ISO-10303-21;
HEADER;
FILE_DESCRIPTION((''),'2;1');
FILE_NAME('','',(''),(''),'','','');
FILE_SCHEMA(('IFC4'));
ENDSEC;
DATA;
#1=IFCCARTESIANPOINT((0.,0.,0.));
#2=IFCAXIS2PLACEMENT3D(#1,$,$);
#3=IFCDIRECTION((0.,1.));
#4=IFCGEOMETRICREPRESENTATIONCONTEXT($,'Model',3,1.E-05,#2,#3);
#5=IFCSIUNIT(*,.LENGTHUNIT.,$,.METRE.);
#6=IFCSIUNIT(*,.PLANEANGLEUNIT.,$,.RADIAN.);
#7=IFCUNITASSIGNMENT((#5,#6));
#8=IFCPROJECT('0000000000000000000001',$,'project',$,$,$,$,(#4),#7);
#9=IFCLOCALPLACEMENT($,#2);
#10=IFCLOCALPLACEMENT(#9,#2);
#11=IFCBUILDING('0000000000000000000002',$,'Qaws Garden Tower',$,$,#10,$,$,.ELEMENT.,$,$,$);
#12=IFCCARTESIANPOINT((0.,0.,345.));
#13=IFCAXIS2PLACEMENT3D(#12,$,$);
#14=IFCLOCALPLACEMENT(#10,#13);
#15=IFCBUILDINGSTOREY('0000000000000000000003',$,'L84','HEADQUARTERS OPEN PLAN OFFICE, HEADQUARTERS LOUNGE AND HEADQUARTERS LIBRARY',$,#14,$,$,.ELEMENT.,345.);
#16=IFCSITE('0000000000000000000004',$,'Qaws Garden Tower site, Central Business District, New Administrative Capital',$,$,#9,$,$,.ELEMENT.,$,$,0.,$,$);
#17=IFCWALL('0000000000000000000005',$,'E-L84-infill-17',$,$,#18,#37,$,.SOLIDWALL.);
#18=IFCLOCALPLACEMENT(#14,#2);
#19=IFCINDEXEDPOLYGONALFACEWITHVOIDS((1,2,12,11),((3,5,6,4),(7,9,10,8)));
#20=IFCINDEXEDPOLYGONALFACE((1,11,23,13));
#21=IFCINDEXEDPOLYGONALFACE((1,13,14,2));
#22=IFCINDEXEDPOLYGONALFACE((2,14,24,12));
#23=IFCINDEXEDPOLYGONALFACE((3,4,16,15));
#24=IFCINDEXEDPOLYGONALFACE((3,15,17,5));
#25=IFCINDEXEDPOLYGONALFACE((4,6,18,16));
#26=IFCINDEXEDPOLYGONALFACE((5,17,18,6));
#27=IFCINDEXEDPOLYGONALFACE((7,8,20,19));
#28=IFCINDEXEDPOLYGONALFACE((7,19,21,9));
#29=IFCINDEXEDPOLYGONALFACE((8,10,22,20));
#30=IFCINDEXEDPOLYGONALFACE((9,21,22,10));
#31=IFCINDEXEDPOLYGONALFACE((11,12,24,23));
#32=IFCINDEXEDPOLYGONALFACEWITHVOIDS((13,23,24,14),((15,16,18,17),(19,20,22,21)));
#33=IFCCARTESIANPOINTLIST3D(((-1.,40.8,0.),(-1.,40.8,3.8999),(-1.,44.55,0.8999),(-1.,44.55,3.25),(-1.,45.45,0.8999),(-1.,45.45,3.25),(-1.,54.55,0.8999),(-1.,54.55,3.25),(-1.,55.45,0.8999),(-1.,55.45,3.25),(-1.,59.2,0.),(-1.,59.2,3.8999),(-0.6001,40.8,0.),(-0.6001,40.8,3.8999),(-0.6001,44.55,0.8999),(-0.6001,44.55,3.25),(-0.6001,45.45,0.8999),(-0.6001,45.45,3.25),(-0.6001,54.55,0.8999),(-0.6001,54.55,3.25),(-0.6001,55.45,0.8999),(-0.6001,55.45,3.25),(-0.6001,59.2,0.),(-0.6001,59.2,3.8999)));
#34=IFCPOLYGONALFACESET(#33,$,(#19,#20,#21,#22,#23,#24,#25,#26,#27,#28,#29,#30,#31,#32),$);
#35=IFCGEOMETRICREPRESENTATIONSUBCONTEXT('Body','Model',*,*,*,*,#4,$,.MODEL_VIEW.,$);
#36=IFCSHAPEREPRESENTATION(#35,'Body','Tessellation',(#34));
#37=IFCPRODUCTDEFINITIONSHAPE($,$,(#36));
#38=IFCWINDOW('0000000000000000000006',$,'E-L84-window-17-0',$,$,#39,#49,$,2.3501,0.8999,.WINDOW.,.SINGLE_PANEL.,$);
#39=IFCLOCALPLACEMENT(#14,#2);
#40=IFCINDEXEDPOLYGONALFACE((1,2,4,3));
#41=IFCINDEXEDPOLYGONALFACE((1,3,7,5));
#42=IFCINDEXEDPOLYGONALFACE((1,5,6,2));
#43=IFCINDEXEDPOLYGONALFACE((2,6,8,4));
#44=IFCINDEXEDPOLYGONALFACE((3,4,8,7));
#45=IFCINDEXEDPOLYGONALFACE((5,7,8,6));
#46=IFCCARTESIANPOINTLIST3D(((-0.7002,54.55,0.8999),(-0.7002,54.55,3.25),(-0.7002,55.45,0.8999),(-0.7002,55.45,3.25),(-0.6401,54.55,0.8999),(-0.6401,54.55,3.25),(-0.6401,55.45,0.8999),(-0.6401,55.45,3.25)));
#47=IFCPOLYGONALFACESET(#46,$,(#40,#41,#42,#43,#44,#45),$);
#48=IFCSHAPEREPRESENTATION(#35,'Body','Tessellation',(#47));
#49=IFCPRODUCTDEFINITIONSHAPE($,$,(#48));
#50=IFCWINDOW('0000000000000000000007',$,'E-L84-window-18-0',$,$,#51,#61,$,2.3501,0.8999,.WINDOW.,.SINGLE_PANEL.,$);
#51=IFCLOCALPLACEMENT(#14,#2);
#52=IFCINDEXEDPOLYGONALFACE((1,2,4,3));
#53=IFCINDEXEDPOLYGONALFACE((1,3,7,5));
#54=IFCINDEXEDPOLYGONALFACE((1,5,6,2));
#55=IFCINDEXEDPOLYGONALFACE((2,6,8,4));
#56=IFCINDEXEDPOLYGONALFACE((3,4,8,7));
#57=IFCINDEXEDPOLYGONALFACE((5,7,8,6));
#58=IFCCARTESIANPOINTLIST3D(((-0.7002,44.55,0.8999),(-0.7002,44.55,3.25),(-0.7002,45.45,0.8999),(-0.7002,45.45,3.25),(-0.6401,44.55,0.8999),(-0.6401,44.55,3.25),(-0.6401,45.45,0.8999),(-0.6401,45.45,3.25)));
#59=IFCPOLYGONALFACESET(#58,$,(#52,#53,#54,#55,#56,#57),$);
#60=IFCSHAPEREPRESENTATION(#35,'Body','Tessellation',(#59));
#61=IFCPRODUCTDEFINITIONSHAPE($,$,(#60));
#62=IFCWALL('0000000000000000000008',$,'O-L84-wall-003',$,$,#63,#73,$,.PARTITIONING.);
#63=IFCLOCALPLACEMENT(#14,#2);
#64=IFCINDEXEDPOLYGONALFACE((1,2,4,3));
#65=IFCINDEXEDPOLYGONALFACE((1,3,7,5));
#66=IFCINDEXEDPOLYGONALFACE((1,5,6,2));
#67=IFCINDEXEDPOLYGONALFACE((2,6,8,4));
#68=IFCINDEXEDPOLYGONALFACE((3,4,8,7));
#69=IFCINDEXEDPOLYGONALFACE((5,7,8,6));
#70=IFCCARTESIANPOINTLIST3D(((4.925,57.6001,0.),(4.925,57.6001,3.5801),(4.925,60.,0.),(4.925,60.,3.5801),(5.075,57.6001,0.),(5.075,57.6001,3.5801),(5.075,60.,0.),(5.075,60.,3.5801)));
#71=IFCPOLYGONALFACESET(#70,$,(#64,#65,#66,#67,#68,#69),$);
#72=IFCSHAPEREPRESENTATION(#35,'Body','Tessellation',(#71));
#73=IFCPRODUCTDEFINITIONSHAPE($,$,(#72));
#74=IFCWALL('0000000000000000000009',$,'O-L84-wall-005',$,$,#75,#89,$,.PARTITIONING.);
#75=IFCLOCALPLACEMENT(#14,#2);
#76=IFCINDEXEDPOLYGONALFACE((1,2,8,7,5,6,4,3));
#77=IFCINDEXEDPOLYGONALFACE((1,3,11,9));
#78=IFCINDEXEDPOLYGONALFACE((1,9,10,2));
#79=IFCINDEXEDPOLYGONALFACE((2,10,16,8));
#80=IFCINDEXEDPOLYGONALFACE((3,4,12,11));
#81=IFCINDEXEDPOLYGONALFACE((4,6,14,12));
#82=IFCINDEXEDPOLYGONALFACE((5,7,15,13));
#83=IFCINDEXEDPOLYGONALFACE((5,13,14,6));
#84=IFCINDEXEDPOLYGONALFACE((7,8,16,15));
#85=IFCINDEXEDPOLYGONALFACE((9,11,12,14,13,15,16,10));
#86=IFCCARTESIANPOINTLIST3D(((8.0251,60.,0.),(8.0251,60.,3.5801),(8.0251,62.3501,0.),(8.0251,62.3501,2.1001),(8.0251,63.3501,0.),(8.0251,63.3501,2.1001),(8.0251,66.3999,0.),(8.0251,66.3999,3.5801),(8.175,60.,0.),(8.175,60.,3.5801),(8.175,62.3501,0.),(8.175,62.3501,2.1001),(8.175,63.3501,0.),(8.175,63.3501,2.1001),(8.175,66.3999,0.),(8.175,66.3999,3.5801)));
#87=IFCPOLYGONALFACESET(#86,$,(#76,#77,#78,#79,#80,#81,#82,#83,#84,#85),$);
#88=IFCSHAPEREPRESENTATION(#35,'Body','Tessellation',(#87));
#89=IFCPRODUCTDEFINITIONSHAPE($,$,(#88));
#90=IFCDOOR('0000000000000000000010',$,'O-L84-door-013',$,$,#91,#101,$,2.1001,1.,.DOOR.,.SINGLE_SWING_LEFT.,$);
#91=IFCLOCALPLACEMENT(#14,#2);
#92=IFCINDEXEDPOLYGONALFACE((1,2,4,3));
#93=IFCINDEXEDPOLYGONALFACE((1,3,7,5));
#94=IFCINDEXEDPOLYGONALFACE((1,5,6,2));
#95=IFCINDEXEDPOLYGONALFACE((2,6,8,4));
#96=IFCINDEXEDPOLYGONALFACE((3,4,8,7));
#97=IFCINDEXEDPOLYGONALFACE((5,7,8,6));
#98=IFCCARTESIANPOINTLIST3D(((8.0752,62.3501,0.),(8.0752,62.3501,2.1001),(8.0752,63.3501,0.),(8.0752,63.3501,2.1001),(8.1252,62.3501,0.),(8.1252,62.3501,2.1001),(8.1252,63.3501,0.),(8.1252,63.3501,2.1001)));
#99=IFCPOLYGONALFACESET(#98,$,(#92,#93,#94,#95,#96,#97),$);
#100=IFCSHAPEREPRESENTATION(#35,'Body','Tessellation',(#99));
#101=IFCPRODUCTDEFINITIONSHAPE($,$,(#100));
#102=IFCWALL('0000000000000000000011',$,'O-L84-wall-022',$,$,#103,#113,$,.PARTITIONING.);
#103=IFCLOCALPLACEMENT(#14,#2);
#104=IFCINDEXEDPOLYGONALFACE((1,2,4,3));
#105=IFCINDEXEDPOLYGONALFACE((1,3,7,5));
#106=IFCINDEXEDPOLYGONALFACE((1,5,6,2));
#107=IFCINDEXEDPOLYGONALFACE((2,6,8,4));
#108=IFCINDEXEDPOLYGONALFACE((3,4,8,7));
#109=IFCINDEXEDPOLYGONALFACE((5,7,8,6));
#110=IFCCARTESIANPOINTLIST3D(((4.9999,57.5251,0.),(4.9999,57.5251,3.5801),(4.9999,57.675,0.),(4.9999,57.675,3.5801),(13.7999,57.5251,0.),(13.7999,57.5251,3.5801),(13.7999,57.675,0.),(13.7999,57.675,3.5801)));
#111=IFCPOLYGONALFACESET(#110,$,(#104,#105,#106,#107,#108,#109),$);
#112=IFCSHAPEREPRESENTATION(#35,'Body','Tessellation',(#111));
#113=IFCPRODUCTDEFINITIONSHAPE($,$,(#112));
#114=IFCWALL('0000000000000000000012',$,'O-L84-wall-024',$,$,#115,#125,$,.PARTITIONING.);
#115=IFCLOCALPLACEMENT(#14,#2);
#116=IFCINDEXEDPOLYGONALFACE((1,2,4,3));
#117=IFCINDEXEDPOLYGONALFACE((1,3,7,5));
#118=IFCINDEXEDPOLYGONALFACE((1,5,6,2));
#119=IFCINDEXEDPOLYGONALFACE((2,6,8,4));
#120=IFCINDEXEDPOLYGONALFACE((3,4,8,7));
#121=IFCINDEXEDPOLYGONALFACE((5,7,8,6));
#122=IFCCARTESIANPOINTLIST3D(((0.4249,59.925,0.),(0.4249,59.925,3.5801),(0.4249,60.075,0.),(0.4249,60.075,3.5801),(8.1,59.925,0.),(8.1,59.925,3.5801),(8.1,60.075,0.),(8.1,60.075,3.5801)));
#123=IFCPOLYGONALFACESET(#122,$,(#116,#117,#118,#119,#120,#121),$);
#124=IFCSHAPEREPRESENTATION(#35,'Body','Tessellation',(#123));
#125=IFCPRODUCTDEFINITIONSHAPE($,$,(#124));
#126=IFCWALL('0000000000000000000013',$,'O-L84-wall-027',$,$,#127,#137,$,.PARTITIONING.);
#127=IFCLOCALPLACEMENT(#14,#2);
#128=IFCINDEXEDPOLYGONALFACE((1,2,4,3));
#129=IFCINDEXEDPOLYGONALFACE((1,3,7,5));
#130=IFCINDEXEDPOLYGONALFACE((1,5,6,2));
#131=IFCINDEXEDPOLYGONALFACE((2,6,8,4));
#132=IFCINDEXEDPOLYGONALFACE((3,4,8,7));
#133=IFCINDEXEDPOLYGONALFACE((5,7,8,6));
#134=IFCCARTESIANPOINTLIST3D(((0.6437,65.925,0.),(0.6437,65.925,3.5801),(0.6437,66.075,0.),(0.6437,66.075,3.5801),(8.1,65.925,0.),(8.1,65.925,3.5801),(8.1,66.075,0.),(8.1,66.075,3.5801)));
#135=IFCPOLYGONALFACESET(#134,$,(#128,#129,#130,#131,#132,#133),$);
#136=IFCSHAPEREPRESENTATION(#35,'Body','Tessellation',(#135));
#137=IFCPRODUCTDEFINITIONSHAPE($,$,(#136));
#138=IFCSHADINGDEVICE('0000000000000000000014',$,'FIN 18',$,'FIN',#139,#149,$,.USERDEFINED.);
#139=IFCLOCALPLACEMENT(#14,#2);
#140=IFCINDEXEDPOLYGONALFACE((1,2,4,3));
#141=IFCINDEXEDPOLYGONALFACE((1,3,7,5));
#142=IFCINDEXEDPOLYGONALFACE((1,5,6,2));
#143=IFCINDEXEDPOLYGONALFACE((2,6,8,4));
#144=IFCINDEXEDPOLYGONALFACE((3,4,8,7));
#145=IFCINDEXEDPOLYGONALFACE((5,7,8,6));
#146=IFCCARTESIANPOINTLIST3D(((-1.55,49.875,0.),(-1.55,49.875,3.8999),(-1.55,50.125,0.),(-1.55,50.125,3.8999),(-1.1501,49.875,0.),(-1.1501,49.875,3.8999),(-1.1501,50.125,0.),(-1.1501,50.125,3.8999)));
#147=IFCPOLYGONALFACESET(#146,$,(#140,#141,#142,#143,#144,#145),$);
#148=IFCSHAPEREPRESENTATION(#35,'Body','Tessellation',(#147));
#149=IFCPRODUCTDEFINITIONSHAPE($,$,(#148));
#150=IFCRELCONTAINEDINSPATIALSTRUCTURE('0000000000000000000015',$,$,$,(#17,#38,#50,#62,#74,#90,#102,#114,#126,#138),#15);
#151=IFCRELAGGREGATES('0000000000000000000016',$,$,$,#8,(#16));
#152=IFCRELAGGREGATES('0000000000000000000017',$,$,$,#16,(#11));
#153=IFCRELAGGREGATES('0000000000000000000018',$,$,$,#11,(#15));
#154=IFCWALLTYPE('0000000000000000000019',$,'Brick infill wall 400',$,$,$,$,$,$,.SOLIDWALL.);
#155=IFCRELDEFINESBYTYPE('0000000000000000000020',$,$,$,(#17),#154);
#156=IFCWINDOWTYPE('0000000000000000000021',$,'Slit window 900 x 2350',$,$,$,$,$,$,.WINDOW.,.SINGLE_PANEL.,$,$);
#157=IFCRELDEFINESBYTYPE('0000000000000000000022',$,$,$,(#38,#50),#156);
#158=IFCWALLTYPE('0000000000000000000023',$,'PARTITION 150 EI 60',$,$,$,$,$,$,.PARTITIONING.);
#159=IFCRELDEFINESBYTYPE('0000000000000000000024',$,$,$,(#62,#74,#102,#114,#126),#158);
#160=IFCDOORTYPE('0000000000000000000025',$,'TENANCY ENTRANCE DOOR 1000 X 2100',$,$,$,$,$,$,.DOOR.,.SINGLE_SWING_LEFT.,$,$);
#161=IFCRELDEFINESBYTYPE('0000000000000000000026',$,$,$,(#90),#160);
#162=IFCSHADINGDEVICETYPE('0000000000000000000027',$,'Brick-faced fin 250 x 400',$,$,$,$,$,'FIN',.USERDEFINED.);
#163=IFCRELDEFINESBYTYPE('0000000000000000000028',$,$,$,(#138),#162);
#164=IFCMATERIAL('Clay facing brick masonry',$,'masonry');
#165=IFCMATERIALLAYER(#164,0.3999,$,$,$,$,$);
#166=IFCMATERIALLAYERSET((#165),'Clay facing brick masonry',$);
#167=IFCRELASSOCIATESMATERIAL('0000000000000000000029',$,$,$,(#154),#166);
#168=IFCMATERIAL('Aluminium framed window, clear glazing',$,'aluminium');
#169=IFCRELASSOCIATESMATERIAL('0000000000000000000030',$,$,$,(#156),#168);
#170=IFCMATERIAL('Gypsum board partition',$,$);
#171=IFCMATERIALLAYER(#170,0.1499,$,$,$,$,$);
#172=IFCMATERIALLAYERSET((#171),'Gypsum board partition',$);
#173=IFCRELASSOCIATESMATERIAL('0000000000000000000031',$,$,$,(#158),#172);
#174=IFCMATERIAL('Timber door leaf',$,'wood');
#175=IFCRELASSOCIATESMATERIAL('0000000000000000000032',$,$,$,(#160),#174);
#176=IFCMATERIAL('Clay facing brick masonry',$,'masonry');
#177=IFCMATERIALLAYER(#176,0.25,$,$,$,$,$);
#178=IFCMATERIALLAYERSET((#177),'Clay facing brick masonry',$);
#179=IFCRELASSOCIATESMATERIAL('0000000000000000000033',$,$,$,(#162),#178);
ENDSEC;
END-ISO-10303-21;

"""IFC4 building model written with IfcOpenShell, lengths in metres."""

from ifc_helpers import new_model, si_unit, direction, frame, frame_2d, origin, origin_2d, place, context, subcontext, project, spatial, rectangle, extrude, material, layer, layer_set, type_object, element, fill, save


model = new_model("IFC4")

# Units and contexts
model_context = context("Model", 3, precision=1e-05, world=origin(), true_north=direction((0.0, 1.0)))
body_context = subcontext(model_context, "Body", "Model", "MODEL_VIEW")
ifc_project = project(units=[si_unit("LENGTHUNIT", "METRE"), si_unit("PLANEANGLEUNIT", "RADIAN")], contexts=[model_context])

# Site, building, storey
site_placement = place(None, origin())
site = spatial("IfcSite", under=ifc_project, at=site_placement, Name="Qaws Garden Tower site, Central Business District, New Administrative Capital", CompositionType="ELEMENT", RefElevation=0.0)
building_placement = place(site_placement, origin())
building = spatial("IfcBuilding", under=site, at=building_placement, Name="Qaws Garden Tower", CompositionType="ELEMENT")
storey_placement = place(building_placement, frame((0.0, 0.0, 345.0)))
storey = spatial("IfcBuildingStorey", under=building, at=storey_placement, Name="L84", Description="HEADQUARTERS OPEN PLAN OFFICE, HEADQUARTERS LOUNGE AND HEADQUARTERS LIBRARY", CompositionType="ELEMENT", Elevation=345.0)

# Shared definitions
ifc_material_1 = material(Name="Clay facing brick masonry", Category="masonry")
ifc_layer_1 = layer(ifc_material_1, 0.3999)
ifc_layer_set_1 = layer_set([ifc_layer_1], Name="Clay facing brick masonry")
wall_type_1 = type_object("IfcWallType", Name="Brick infill wall 400", PredefinedType="SOLIDWALL", material=ifc_layer_set_1)

# Wall, openings, windows
wall_1_placement = place(storey_placement, frame((-0.8, 59.2, 0.0), z_axis=(0.0, 0.0, 1.0), x_axis=(0.0, -1.0, 0.0)))
wall_1 = element("IfcWall", 1, at=wall_1_placement, inside=storey, type_object=wall_type_1, Name="E-L84-infill-17", PredefinedType="SOLIDWALL", context=body_context, shape_type="SweptSolid", body=[
    extrude(rectangle(XDim=18.3999, YDim=0.3999, at=frame_2d((9.2, 0.0))), origin(), (0.0, 0.0, 1.0), 3.8999),
])
opening_1_placement = place(wall_1_placement, frame((3.75, 0.0, 0.8999)))
opening_1 = element("IfcOpeningElement", 2, at=opening_1_placement, cuts=wall_1, PredefinedType="OPENING", context=body_context, shape_type="SweptSolid", body=[
    extrude(rectangle(XDim=0.8999, YDim=2.3501, at=frame_2d((0.45, 1.175))), frame((0.0, 0.21, 0.0), z_axis=(0.0, -1.0, 0.0), x_axis=(1.0, 0.0, 0.0)), (0.0, 0.0, 1.0), 0.4199),
])
opening_2_placement = place(wall_1_placement, frame((13.75, 0.0, 0.8999)))
opening_2 = element("IfcOpeningElement", 3, at=opening_2_placement, cuts=wall_1, PredefinedType="OPENING", context=body_context, shape_type="SweptSolid", body=[
    extrude(rectangle(XDim=0.8999, YDim=2.3501, at=frame_2d((0.45, 1.175))), frame((0.0, 0.21, 0.0), z_axis=(0.0, -1.0, 0.0), x_axis=(1.0, 0.0, 0.0)), (0.0, 0.0, 1.0), 0.4199),
])
ifc_material_2 = material(Name="Aluminium framed window, clear glazing", Category="aluminium")
window_type_1 = type_object("IfcWindowType", Name="Slit window 900 x 2350", PartitioningType="SINGLE_PANEL", PredefinedType="WINDOW", material=ifc_material_2)
window_1_placement = place(opening_1_placement, origin())
window_1 = element("IfcWindow", 4, at=window_1_placement, inside=storey, type_object=window_type_1, Name="E-L84-window-17-0", OverallHeight=2.3501, OverallWidth=0.8999, PartitioningType="SINGLE_PANEL", PredefinedType="WINDOW", context=body_context, shape_type="SweptSolid", body=[
    extrude(rectangle(XDim=0.8999, YDim=2.3501, at=frame_2d((0.45, 1.175))), frame((0.0, 0.1599, 0.0), z_axis=(0.0, -1.0, 0.0), x_axis=(1.0, 0.0, 0.0)), (0.0, 0.0, 1.0), 0.0601),
])
fill(opening_1, window_1)
window_2_placement = place(opening_2_placement, origin())
window_2 = element("IfcWindow", 5, at=window_2_placement, inside=storey, type_object=window_type_1, Name="E-L84-window-18-0", OverallHeight=2.3501, OverallWidth=0.8999, PartitioningType="SINGLE_PANEL", PredefinedType="WINDOW", context=body_context, shape_type="SweptSolid", body=[
    extrude(rectangle(XDim=0.8999, YDim=2.3501, at=frame_2d((0.45, 1.175))), frame((0.0, 0.1599, 0.0), z_axis=(0.0, -1.0, 0.0), x_axis=(1.0, 0.0, 0.0)), (0.0, 0.0, 1.0), 0.0601),
])
fill(opening_2, window_2)

# Wall
ifc_material_3 = material(Name="Gypsum board partition")
ifc_layer_2 = layer(ifc_material_3, 0.1499)
ifc_layer_set_2 = layer_set([ifc_layer_2], Name="Gypsum board partition")
wall_type_2 = type_object("IfcWallType", Name="PARTITION 150 EI 60", PredefinedType="PARTITIONING", material=ifc_layer_set_2)
wall_2_placement = place(storey_placement, frame((5.0, 57.6001, 0.0), z_axis=(0.0, 0.0, 1.0), x_axis=(0.0, 1.0, 0.0)))
element("IfcWall", 6, at=wall_2_placement, inside=storey, type_object=wall_type_2, Name="O-L84-wall-003", PredefinedType="PARTITIONING", context=body_context, shape_type="SweptSolid", body=[
    extrude(rectangle(XDim=2.3999, YDim=0.1499, at=frame_2d((1.2, 0.0))), origin(), (0.0, 0.0, 1.0), 3.5801),
])

# Wall, opening, door
wall_3_placement = place(storey_placement, frame((8.1001, 60.0, 0.0), z_axis=(0.0, 0.0, 1.0), x_axis=(0.0, 1.0, 0.0)))
wall_3 = element("IfcWall", 7, at=wall_3_placement, inside=storey, type_object=wall_type_2, Name="O-L84-wall-005", PredefinedType="PARTITIONING", context=body_context, shape_type="SweptSolid", body=[
    extrude(rectangle(XDim=6.3999, YDim=0.1499, at=frame_2d((3.2, 0.0))), origin(), (0.0, 0.0, 1.0), 3.5801),
])
opening_3_placement = place(wall_3_placement, frame((2.3501, 0.0, 0.0)))
opening_3 = element("IfcOpeningElement", 8, at=opening_3_placement, cuts=wall_3, PredefinedType="OPENING", context=body_context, shape_type="SweptSolid", body=[
    extrude(rectangle(XDim=1.0, YDim=2.1001, at=frame_2d((0.5, 1.05))), frame((0.0, 0.085, 0.0), z_axis=(0.0, -1.0, 0.0), x_axis=(1.0, 0.0, 0.0)), (0.0, 0.0, 1.0), 0.1699),
])
ifc_material_4 = material(Name="Timber door leaf", Category="wood")
door_type = type_object("IfcDoorType", Name="TENANCY ENTRANCE DOOR 1000 X 2100", OperationType="SINGLE_SWING_LEFT", PredefinedType="DOOR", material=ifc_material_4)
door_placement = place(opening_3_placement, origin())
door = element("IfcDoor", 9, at=door_placement, inside=storey, type_object=door_type, Name="O-L84-door-013", OperationType="SINGLE_SWING_LEFT", OverallHeight=2.1001, OverallWidth=1.0, PredefinedType="DOOR", context=body_context, shape_type="SweptSolid", body=[
    extrude(rectangle(XDim=1.0, YDim=2.1001, at=frame_2d((0.5, 1.05))), frame((0.0, 0.0249, 0.0), z_axis=(0.0, -1.0, 0.0), x_axis=(1.0, 0.0, 0.0)), (0.0, 0.0, 1.0), 0.05),
])
fill(opening_3, door)

# Walls
wall_4_placement = place(storey_placement, frame((5.0, 57.6001, 0.0), z_axis=(0.0, 0.0, 1.0), x_axis=(1.0, 0.0, 0.0)))
element("IfcWall", 10, at=wall_4_placement, inside=storey, type_object=wall_type_2, Name="O-L84-wall-022", PredefinedType="PARTITIONING", context=body_context, shape_type="SweptSolid", body=[
    extrude(rectangle(XDim=8.8, YDim=0.1499, at=frame_2d((4.3999, 0.0))), origin(), (0.0, 0.0, 1.0), 3.5801),
])
wall_5_placement = place(storey_placement, frame((0.425, 60.0, 0.0), z_axis=(0.0, 0.0, 1.0), x_axis=(1.0, 0.0, 0.0)))
element("IfcWall", 11, at=wall_5_placement, inside=storey, type_object=wall_type_2, Name="O-L84-wall-024", PredefinedType="PARTITIONING", context=body_context, shape_type="SweptSolid", body=[
    extrude(rectangle(XDim=7.675, YDim=0.1499, at=frame_2d((3.8374, 0.0))), origin(), (0.0, 0.0, 1.0), 3.5801),
])
wall_6_placement = place(storey_placement, frame((0.6438, 66.0, 0.0), z_axis=(0.0, 0.0, 1.0), x_axis=(1.0, 0.0, 0.0)))
element("IfcWall", 12, at=wall_6_placement, inside=storey, type_object=wall_type_2, Name="O-L84-wall-027", PredefinedType="PARTITIONING", context=body_context, shape_type="SweptSolid", body=[
    extrude(rectangle(XDim=7.4563, YDim=0.1499, at=frame_2d((3.728, 0.0))), origin(), (0.0, 0.0, 1.0), 3.5801),
])

# Shading device
ifc_material_5 = material(Name="Clay facing brick masonry", Category="masonry")
ifc_layer_3 = layer(ifc_material_5, 0.25)
ifc_layer_set_3 = layer_set([ifc_layer_3], Name="Clay facing brick masonry")
shading_device_type = type_object("IfcShadingDeviceType", Name="Brick-faced fin 250 x 400", ElementType="FIN", PredefinedType="USERDEFINED", material=ifc_layer_set_3)
shading_device_placement = place(storey_placement, frame((-1.3501, 50.0, 0.0), z_axis=(0.0, 0.0, 1.0), x_axis=(0.0, -1.0, 0.0)))
element("IfcShadingDevice", 13, at=shading_device_placement, inside=storey, type_object=shading_device_type, Name="FIN 18", ObjectType="FIN", PredefinedType="USERDEFINED", context=body_context, shape_type="SweptSolid", body=[
    extrude(rectangle(XDim=0.25, YDim=0.3999, at=origin_2d()), origin(), (0.0, 0.0, 1.0), 3.8999),
])

save(model, "model.ifc")
